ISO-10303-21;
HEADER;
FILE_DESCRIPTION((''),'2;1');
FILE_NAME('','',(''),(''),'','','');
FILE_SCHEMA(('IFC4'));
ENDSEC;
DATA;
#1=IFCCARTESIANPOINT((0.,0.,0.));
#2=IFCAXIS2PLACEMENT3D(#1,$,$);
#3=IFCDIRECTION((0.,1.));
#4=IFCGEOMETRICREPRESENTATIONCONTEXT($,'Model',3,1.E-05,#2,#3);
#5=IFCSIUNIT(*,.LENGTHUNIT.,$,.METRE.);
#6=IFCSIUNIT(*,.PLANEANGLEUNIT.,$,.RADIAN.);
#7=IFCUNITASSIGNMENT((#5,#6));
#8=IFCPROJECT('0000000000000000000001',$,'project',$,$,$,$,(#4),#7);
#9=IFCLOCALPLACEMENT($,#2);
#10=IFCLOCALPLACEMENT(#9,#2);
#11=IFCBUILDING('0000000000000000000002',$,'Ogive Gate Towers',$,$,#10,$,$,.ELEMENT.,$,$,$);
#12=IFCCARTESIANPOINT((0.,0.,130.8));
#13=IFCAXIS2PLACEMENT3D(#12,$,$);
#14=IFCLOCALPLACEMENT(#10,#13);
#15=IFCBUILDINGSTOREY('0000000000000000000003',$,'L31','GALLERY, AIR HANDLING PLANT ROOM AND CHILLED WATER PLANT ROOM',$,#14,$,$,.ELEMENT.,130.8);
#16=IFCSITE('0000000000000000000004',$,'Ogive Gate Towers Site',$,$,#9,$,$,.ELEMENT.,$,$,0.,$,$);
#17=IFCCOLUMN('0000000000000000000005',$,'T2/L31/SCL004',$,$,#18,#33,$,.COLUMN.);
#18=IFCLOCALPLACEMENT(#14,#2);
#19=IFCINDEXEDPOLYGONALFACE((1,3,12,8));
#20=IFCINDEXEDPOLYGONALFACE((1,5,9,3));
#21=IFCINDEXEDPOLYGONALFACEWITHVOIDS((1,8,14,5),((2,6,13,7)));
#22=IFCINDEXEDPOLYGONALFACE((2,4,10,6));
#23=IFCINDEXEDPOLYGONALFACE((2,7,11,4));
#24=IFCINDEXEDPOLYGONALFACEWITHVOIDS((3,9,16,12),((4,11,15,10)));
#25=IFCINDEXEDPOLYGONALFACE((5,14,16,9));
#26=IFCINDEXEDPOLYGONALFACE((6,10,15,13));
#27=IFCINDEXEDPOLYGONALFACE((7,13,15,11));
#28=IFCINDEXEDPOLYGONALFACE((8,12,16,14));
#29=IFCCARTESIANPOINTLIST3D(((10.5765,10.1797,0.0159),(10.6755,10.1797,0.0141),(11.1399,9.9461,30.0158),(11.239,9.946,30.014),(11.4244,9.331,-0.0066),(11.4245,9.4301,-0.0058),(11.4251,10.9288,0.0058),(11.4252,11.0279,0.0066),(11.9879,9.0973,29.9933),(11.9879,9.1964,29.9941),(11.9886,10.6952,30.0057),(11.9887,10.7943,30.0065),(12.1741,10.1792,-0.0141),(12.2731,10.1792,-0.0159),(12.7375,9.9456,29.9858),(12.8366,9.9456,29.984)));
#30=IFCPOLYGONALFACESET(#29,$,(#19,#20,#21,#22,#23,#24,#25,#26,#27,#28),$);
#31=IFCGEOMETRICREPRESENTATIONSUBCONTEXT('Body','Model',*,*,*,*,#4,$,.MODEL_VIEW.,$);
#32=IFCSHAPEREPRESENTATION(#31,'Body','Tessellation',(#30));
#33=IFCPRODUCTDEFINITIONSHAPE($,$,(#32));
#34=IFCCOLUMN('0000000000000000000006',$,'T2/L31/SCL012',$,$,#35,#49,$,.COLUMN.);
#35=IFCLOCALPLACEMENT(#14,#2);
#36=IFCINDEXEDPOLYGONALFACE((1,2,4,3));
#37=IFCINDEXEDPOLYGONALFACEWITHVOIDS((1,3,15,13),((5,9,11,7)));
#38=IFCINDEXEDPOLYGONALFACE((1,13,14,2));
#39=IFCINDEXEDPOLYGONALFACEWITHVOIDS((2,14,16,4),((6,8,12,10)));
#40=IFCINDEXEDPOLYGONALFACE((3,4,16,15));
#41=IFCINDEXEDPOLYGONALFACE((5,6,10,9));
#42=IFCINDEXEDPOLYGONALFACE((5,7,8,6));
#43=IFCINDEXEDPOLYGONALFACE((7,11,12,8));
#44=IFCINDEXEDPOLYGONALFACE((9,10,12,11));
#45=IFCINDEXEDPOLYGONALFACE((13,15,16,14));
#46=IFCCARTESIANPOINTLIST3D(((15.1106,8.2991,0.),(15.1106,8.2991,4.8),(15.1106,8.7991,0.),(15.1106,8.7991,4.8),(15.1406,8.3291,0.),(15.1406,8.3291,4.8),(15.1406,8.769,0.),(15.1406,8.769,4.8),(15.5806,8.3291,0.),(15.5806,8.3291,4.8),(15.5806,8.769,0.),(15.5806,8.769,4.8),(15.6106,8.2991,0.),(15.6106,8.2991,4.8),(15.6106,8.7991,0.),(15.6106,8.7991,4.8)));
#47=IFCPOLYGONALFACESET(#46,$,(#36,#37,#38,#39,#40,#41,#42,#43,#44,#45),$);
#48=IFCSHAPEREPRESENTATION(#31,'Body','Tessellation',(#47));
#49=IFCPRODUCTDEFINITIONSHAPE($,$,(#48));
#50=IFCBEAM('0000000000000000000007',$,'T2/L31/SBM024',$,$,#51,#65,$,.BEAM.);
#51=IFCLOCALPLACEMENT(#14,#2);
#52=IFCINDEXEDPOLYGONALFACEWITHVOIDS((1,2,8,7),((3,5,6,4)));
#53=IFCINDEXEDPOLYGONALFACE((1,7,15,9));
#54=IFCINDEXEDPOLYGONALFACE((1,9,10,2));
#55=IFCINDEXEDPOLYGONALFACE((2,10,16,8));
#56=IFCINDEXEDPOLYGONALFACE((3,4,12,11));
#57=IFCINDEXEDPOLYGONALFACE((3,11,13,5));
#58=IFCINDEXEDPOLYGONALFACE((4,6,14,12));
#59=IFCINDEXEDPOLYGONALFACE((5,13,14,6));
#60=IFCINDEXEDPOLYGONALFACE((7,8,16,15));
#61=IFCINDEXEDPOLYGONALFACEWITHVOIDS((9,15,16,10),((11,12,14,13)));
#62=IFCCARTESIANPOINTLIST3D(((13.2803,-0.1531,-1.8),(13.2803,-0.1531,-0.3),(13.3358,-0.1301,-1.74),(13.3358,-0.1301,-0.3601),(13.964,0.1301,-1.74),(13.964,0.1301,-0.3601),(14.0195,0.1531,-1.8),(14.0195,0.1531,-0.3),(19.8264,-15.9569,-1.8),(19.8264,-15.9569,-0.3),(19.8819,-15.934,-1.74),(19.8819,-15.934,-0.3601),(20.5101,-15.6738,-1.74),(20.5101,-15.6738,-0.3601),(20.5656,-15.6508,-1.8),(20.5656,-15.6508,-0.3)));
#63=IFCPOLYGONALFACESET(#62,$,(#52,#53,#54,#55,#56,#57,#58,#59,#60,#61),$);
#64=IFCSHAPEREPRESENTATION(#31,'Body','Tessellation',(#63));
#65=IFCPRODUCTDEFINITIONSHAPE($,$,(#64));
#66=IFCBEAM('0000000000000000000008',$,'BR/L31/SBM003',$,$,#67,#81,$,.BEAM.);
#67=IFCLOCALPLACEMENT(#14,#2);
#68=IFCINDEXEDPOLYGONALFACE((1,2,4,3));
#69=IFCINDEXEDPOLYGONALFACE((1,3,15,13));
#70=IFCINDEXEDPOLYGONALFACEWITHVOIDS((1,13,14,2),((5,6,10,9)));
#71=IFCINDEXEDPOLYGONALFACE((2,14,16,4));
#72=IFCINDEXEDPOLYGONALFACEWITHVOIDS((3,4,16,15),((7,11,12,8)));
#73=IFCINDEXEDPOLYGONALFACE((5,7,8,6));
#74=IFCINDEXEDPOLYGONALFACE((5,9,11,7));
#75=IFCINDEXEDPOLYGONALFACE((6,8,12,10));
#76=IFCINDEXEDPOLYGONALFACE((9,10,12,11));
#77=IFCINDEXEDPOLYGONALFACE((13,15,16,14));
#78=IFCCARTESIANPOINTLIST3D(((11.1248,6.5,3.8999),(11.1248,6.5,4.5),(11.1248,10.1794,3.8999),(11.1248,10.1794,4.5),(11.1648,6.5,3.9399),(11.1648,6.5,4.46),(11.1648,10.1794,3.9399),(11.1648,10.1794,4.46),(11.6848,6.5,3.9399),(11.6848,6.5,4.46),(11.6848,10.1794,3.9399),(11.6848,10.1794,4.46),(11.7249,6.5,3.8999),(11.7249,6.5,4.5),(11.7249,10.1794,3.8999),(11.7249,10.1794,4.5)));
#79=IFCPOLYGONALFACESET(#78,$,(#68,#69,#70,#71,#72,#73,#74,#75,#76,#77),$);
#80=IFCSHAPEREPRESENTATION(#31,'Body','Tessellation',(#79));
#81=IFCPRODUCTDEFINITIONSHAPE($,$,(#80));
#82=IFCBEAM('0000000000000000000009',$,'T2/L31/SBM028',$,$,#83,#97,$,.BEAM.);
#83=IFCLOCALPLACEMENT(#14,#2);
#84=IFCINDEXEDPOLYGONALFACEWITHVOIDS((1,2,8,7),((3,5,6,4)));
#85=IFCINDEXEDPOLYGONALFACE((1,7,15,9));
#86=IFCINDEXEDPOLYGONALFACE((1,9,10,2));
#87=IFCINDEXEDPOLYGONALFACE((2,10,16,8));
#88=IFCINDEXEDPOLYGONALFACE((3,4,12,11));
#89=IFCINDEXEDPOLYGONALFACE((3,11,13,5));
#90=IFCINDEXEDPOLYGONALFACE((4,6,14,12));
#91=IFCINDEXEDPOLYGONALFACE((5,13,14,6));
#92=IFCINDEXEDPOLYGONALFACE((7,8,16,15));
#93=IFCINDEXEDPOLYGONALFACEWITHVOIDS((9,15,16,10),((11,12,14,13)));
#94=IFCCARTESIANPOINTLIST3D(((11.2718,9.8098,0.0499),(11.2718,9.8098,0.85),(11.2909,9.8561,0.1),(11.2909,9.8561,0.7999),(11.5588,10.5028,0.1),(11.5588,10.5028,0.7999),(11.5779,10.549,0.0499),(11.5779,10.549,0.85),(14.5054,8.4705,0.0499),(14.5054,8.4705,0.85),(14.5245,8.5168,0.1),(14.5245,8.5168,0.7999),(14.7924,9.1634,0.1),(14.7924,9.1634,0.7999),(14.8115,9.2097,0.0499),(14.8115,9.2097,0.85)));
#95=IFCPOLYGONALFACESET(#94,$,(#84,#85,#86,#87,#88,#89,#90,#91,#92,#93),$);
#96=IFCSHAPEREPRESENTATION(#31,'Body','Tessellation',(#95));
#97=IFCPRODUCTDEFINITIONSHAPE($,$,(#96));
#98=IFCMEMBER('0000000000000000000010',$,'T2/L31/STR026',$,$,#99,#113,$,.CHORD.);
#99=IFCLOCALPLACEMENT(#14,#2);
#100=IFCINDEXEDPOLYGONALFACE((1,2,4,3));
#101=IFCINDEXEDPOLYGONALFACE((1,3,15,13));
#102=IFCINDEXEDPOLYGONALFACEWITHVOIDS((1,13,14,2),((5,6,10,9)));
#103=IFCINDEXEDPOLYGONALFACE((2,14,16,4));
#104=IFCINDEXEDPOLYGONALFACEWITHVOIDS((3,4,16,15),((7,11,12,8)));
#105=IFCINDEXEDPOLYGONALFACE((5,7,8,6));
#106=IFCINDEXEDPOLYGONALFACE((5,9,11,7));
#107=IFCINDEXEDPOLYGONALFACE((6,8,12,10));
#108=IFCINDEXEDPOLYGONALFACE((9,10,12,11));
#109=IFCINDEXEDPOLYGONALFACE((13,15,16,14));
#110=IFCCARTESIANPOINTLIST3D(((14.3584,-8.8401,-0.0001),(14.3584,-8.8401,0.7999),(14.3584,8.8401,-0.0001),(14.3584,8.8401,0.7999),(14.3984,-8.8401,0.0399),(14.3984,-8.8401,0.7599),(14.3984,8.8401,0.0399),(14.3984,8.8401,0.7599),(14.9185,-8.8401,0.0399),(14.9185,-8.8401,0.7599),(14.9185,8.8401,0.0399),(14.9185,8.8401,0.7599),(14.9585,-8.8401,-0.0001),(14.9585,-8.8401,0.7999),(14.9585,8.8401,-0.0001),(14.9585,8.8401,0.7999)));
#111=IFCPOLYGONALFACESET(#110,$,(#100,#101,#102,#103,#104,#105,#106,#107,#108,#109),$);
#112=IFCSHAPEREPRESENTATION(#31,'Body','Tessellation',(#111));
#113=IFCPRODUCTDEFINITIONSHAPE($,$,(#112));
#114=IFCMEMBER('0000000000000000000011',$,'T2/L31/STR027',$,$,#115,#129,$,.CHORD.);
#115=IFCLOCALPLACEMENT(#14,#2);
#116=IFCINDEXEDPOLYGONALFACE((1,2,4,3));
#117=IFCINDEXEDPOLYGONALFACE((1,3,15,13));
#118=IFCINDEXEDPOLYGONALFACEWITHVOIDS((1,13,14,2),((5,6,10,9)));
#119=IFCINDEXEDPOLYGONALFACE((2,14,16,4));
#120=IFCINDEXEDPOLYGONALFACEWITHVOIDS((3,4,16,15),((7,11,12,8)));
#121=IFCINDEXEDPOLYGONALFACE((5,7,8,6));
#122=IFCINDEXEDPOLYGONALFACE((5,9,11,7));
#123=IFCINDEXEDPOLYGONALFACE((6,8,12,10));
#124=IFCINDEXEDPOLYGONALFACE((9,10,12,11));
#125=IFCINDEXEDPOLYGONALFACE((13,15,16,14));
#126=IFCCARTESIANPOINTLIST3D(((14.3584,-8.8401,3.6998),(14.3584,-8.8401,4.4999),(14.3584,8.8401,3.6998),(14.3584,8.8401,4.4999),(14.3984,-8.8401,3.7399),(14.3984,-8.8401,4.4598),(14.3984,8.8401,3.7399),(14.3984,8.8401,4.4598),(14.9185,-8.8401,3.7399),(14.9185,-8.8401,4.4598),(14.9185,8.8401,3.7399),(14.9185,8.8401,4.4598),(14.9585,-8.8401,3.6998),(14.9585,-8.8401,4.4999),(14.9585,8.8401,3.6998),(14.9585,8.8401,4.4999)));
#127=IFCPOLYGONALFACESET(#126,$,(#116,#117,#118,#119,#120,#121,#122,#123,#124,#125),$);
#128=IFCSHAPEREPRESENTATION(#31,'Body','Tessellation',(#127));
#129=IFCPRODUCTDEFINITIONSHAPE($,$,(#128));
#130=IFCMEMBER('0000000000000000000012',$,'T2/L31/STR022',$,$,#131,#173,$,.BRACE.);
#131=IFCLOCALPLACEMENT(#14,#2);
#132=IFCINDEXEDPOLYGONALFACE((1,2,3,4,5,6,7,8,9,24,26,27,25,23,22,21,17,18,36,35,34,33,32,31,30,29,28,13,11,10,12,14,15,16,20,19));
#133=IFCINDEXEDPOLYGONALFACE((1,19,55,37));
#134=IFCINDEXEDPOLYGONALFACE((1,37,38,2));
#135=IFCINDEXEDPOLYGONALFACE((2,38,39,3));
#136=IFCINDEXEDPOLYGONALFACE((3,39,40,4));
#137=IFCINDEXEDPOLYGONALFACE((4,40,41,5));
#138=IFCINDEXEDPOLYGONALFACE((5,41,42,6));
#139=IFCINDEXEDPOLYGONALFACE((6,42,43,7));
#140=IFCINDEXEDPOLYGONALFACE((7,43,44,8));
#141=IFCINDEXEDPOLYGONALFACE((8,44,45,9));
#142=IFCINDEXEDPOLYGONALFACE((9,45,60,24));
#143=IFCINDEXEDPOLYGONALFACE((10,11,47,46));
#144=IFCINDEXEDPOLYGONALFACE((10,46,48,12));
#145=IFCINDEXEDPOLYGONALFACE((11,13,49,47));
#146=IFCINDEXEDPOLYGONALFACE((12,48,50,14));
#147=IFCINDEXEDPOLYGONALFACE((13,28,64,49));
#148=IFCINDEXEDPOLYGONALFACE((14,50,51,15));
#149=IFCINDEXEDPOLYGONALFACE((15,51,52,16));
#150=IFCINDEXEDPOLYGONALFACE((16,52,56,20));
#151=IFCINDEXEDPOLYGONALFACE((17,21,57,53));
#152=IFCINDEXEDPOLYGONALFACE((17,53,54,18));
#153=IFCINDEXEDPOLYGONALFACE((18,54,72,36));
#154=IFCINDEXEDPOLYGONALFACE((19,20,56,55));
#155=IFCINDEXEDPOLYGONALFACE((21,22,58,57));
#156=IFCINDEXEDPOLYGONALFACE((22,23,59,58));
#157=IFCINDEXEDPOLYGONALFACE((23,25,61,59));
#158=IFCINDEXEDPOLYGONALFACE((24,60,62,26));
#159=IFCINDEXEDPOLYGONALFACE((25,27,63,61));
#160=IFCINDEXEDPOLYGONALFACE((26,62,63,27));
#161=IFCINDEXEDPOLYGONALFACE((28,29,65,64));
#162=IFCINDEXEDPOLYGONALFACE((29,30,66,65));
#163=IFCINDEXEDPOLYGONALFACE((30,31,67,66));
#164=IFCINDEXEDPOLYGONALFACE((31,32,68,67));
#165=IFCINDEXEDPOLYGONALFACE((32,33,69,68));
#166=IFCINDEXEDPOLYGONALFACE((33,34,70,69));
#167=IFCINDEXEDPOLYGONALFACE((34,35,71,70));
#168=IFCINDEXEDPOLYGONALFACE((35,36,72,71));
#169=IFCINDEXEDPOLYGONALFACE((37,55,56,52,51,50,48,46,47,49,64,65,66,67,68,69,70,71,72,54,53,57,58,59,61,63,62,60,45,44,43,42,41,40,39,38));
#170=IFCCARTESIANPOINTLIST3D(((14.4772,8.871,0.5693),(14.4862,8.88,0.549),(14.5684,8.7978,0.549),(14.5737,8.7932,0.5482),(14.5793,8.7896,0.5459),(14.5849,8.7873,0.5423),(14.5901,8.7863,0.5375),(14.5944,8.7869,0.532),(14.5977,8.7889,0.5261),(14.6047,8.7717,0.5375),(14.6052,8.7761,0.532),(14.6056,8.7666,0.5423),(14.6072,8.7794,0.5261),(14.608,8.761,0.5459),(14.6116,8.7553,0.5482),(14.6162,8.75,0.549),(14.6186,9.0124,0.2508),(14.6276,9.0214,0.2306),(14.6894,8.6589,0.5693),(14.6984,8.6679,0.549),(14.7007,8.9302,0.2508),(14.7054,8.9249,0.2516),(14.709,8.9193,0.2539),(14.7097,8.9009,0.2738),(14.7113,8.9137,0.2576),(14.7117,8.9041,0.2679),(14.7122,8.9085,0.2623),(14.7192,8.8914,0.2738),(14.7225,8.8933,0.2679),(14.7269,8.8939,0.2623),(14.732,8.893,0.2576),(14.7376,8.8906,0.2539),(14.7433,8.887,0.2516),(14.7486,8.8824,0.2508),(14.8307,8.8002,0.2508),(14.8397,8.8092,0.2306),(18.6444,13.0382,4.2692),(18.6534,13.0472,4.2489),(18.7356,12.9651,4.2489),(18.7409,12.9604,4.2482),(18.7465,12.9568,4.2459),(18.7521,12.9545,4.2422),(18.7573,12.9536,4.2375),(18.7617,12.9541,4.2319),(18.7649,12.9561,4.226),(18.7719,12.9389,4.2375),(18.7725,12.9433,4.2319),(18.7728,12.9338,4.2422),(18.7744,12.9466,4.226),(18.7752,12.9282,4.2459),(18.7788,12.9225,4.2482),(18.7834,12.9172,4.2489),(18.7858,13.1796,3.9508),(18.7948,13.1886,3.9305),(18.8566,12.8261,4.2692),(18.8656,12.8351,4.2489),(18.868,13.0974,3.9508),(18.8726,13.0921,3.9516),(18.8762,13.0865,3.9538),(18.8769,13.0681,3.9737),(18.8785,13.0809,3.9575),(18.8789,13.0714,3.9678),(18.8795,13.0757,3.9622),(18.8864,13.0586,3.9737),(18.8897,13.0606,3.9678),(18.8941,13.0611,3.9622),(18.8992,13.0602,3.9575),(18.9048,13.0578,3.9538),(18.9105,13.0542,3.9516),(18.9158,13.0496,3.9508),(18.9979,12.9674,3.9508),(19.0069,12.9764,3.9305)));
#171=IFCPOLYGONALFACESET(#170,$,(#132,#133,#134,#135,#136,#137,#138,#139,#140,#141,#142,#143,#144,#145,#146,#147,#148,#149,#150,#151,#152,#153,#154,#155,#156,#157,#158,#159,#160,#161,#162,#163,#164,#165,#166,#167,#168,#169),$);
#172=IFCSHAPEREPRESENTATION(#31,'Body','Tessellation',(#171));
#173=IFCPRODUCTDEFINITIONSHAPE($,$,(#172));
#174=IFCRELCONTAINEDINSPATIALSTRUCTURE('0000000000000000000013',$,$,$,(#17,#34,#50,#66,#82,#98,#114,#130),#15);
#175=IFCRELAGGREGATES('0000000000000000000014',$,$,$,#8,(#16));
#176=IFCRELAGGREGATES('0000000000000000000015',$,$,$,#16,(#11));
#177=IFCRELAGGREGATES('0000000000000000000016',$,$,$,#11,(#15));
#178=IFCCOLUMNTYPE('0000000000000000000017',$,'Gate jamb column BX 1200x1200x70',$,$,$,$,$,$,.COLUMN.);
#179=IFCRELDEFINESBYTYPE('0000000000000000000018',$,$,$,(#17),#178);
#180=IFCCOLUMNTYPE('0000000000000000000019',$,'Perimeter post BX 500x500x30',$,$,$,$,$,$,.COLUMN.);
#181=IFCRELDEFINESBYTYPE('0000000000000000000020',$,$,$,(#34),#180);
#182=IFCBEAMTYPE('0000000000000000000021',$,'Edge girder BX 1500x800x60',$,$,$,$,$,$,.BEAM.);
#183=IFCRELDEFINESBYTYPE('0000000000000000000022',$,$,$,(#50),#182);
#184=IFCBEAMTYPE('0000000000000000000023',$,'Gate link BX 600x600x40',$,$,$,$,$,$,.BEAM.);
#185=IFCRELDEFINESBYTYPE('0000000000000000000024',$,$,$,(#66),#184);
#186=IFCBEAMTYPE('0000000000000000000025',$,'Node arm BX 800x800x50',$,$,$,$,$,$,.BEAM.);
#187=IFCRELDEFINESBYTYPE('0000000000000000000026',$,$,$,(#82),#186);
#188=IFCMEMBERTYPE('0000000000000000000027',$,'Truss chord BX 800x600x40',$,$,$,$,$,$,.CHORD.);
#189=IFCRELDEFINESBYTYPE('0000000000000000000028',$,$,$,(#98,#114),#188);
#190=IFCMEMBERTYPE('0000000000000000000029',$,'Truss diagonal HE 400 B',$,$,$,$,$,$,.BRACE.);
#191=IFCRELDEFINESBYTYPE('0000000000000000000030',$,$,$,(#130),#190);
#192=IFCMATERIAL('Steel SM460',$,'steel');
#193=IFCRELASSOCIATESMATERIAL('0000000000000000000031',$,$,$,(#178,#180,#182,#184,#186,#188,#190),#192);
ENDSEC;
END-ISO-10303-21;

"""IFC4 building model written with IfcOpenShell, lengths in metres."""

from ifc_helpers import new_model, si_unit, direction, frame, origin, origin_2d, place, context, subcontext, project, spatial, hollow_rectangle, i_section, extrude, material, material_profile, profile_set, type_object, element, save


model = new_model("IFC4")

# Units and contexts
model_context = context("Model", 3, precision=1e-05, world=origin(), true_north=direction((0.0, 1.0)))
body_context = subcontext(model_context, "Body", "Model", "MODEL_VIEW")
ifc_project = project(units=[si_unit("LENGTHUNIT", "METRE"), si_unit("PLANEANGLEUNIT", "RADIAN")], contexts=[model_context])

# Site, building, storey
site_placement = place(None, origin())
site = spatial("IfcSite", under=ifc_project, at=site_placement, Name="Ogive Gate Towers Site", CompositionType="ELEMENT", RefElevation=0.0)
building_placement = place(site_placement, origin())
building = spatial("IfcBuilding", under=site, at=building_placement, Name="Ogive Gate Towers", CompositionType="ELEMENT")
storey_placement = place(building_placement, frame((0.0, 0.0, 130.8)))
storey = spatial("IfcBuildingStorey", under=building, at=storey_placement, Name="L31", Description="GALLERY, AIR HANDLING PLANT ROOM AND CHILLED WATER PLANT ROOM", CompositionType="ELEMENT", Elevation=130.8)

# Columns
ifc_material_1 = material(Name="Steel SM460", Category="steel")
ifc_material_profile_1 = material_profile(ifc_material_1, hollow_rectangle(XDim=1.2, YDim=1.2, WallThickness=0.0701, at=origin_2d()), Name="BX 1200x1200x70")
ifc_profile_set_1 = profile_set([ifc_material_profile_1], Name="Steel SM460")
column_type_1 = type_object("IfcColumnType", Name="Gate jamb column BX 1200x1200x70", PredefinedType="COLUMN", material=ifc_profile_set_1)
column_1_placement = place(storey_placement, frame((11.4248, 10.1794, 0.0), z_axis=(0.018779, -0.007786, 0.999793), x_axis=(-0.707294, -0.706877, 0.00778)))
element("IfcColumn", 1, at=column_1_placement, inside=storey, type_object=column_type_1, Name="T2/L31/SCL004", PredefinedType="COLUMN", context=body_context, shape_type="SweptSolid", body=[
    extrude(hollow_rectangle(XDim=1.2, YDim=1.2, WallThickness=0.0701, at=origin_2d()), origin(), (0.0, 0.0, 1.0), 30.0061),
])
ifc_material_profile_2 = material_profile(ifc_material_1, hollow_rectangle(XDim=0.5, YDim=0.5, WallThickness=0.03, at=origin_2d()), Name="BX 500x500x30")
ifc_profile_set_2 = profile_set([ifc_material_profile_2], Name="Steel SM460")
column_type_2 = type_object("IfcColumnType", Name="Perimeter post BX 500x500x30", PredefinedType="COLUMN", material=ifc_profile_set_2)
column_2_placement = place(storey_placement, frame((15.3606, 8.5491, 0.0), z_axis=(0.0, 0.0, 1.0), x_axis=(1.0, 0.0, 0.0)))
element("IfcColumn", 2, at=column_2_placement, inside=storey, type_object=column_type_2, Name="T2/L31/SCL012", PredefinedType="COLUMN", context=body_context, shape_type="SweptSolid", body=[
    extrude(hollow_rectangle(XDim=0.5, YDim=0.5, WallThickness=0.03, at=origin_2d()), origin(), (0.0, 0.0, 1.0), 4.8),
])

# Beams
ifc_material_profile_3 = material_profile(ifc_material_1, hollow_rectangle(XDim=0.8, YDim=1.5, WallThickness=0.0601, at=origin_2d()), Name="BX 1500x800x60")
ifc_profile_set_3 = profile_set([ifc_material_profile_3], Name="Steel SM460")
beam_type_1 = type_object("IfcBeamType", Name="Edge girder BX 1500x800x60", PredefinedType="BEAM", material=ifc_profile_set_3)
beam_1_placement = place(storey_placement, frame((13.6499, 0.0, -1.05), z_axis=(0.38268, -0.923881, 0.0), x_axis=(0.923881, 0.38268, 0.0)))
element("IfcBeam", 3, at=beam_1_placement, inside=storey, type_object=beam_type_1, Name="T2/L31/SBM024", PredefinedType="BEAM", context=body_context, shape_type="SweptSolid", body=[
    extrude(hollow_rectangle(XDim=0.8, YDim=1.5, WallThickness=0.0601, at=origin_2d()), origin(), (0.0, 0.0, 1.0), 17.106),
])
ifc_material_profile_4 = material_profile(ifc_material_1, hollow_rectangle(XDim=0.6001, YDim=0.6001, WallThickness=0.04, at=origin_2d()), Name="BX 600x600x40")
ifc_profile_set_4 = profile_set([ifc_material_profile_4], Name="Steel SM460")
beam_type_2 = type_object("IfcBeamType", Name="Gate link BX 600x600x40", PredefinedType="BEAM", material=ifc_profile_set_4)
beam_2_placement = place(storey_placement, frame((11.4248, 6.5, 4.2), z_axis=(0.0, 1.0, 0.0), x_axis=(-1.0, 0.0, 0.0)))
element("IfcBeam", 4, at=beam_2_placement, inside=storey, type_object=beam_type_2, Name="BR/L31/SBM003", PredefinedType="BEAM", context=body_context, shape_type="SweptSolid", body=[
    extrude(hollow_rectangle(XDim=0.6001, YDim=0.6001, WallThickness=0.04, at=origin_2d()), origin(), (0.0, 0.0, 1.0), 3.6794),
])
ifc_material_profile_5 = material_profile(ifc_material_1, hollow_rectangle(XDim=0.8, YDim=0.8, WallThickness=0.05, at=origin_2d()), Name="BX 800x800x50")
ifc_profile_set_5 = profile_set([ifc_material_profile_5], Name="Steel SM460")
beam_type_3 = type_object("IfcBeamType", Name="Node arm BX 800x800x50", PredefinedType="BEAM", material=ifc_profile_set_5)
beam_3_placement = place(storey_placement, frame((14.6584, 8.8401, 0.45), z_axis=(-0.923886, 0.382668, 0.0), x_axis=(-0.382668, -0.923886, 0.0)))
element("IfcBeam", 5, at=beam_3_placement, inside=storey, type_object=beam_type_3, Name="T2/L31/SBM028", PredefinedType="BEAM", context=body_context, shape_type="SweptSolid", body=[
    extrude(hollow_rectangle(XDim=0.8, YDim=0.8, WallThickness=0.05, at=origin_2d()), origin(), (0.0, 0.0, 1.0), 3.5),
])

# Members
ifc_material_profile_6 = material_profile(ifc_material_1, hollow_rectangle(XDim=0.6001, YDim=0.8, WallThickness=0.04, at=origin_2d()), Name="BX 800x600x40")
ifc_profile_set_6 = profile_set([ifc_material_profile_6], Name="Steel SM460")
member_type_1 = type_object("IfcMemberType", Name="Truss chord BX 800x600x40", PredefinedType="CHORD", material=ifc_profile_set_6)
for number, where, z_axis, x_axis, name in (
    (6, (14.6584, 8.8401, 0.3999), (0.0, -1.0, 0.0), (1.0, 0.0, 0.0), "T2/L31/STR026"),
    (7, (14.6584, 8.8401, 4.0999), (0.0, -1.0, 0.0), (1.0, 0.0, 0.0), "T2/L31/STR027"),
):
    element("IfcMember", number, at=place(storey_placement, frame(where, z_axis=z_axis, x_axis=x_axis)), inside=storey, type_object=member_type_1, Name=name, PredefinedType="CHORD", context=body_context, shape_type="SweptSolid", body=[
        extrude(hollow_rectangle(XDim=0.6001, YDim=0.8, WallThickness=0.04, at=origin_2d()), origin(), (0.0, 0.0, 1.0), 17.6802),
    ])
ifc_material_profile_7 = material_profile(ifc_material_1, i_section(OverallWidth=0.3, OverallDepth=0.3999, WebThickness=0.0134, FlangeThickness=0.0239, FilletRadius=0.0271, at=origin_2d()), Name="HE 400 B")
ifc_profile_set_7 = profile_set([ifc_material_profile_7], Name="Steel SM460")
member_type_2 = type_object("IfcMemberType", Name="Truss diagonal HE 400 B", PredefinedType="BRACE", material=ifc_profile_set_7)
for number, where, z_axis, x_axis, name in (
    (8, (18.8257, 13.0073, 4.0999), (-0.598866, -0.598866, -0.531713), (0.707107, -0.707107, 0.0), "T2/L31/STR022"),
):
    element("IfcMember", number, at=place(storey_placement, frame(where, z_axis=z_axis, x_axis=x_axis)), inside=storey, type_object=member_type_2, Name=name, PredefinedType="BRACE", context=body_context, shape_type="SweptSolid", body=[
        extrude(i_section(OverallWidth=0.3, OverallDepth=0.3999, WebThickness=0.0134, FlangeThickness=0.0239, FilletRadius=0.0271, at=origin_2d()), origin(), (0.0, 0.0, 1.0), 6.9585),
    ])

save(model, "model.ifc")
